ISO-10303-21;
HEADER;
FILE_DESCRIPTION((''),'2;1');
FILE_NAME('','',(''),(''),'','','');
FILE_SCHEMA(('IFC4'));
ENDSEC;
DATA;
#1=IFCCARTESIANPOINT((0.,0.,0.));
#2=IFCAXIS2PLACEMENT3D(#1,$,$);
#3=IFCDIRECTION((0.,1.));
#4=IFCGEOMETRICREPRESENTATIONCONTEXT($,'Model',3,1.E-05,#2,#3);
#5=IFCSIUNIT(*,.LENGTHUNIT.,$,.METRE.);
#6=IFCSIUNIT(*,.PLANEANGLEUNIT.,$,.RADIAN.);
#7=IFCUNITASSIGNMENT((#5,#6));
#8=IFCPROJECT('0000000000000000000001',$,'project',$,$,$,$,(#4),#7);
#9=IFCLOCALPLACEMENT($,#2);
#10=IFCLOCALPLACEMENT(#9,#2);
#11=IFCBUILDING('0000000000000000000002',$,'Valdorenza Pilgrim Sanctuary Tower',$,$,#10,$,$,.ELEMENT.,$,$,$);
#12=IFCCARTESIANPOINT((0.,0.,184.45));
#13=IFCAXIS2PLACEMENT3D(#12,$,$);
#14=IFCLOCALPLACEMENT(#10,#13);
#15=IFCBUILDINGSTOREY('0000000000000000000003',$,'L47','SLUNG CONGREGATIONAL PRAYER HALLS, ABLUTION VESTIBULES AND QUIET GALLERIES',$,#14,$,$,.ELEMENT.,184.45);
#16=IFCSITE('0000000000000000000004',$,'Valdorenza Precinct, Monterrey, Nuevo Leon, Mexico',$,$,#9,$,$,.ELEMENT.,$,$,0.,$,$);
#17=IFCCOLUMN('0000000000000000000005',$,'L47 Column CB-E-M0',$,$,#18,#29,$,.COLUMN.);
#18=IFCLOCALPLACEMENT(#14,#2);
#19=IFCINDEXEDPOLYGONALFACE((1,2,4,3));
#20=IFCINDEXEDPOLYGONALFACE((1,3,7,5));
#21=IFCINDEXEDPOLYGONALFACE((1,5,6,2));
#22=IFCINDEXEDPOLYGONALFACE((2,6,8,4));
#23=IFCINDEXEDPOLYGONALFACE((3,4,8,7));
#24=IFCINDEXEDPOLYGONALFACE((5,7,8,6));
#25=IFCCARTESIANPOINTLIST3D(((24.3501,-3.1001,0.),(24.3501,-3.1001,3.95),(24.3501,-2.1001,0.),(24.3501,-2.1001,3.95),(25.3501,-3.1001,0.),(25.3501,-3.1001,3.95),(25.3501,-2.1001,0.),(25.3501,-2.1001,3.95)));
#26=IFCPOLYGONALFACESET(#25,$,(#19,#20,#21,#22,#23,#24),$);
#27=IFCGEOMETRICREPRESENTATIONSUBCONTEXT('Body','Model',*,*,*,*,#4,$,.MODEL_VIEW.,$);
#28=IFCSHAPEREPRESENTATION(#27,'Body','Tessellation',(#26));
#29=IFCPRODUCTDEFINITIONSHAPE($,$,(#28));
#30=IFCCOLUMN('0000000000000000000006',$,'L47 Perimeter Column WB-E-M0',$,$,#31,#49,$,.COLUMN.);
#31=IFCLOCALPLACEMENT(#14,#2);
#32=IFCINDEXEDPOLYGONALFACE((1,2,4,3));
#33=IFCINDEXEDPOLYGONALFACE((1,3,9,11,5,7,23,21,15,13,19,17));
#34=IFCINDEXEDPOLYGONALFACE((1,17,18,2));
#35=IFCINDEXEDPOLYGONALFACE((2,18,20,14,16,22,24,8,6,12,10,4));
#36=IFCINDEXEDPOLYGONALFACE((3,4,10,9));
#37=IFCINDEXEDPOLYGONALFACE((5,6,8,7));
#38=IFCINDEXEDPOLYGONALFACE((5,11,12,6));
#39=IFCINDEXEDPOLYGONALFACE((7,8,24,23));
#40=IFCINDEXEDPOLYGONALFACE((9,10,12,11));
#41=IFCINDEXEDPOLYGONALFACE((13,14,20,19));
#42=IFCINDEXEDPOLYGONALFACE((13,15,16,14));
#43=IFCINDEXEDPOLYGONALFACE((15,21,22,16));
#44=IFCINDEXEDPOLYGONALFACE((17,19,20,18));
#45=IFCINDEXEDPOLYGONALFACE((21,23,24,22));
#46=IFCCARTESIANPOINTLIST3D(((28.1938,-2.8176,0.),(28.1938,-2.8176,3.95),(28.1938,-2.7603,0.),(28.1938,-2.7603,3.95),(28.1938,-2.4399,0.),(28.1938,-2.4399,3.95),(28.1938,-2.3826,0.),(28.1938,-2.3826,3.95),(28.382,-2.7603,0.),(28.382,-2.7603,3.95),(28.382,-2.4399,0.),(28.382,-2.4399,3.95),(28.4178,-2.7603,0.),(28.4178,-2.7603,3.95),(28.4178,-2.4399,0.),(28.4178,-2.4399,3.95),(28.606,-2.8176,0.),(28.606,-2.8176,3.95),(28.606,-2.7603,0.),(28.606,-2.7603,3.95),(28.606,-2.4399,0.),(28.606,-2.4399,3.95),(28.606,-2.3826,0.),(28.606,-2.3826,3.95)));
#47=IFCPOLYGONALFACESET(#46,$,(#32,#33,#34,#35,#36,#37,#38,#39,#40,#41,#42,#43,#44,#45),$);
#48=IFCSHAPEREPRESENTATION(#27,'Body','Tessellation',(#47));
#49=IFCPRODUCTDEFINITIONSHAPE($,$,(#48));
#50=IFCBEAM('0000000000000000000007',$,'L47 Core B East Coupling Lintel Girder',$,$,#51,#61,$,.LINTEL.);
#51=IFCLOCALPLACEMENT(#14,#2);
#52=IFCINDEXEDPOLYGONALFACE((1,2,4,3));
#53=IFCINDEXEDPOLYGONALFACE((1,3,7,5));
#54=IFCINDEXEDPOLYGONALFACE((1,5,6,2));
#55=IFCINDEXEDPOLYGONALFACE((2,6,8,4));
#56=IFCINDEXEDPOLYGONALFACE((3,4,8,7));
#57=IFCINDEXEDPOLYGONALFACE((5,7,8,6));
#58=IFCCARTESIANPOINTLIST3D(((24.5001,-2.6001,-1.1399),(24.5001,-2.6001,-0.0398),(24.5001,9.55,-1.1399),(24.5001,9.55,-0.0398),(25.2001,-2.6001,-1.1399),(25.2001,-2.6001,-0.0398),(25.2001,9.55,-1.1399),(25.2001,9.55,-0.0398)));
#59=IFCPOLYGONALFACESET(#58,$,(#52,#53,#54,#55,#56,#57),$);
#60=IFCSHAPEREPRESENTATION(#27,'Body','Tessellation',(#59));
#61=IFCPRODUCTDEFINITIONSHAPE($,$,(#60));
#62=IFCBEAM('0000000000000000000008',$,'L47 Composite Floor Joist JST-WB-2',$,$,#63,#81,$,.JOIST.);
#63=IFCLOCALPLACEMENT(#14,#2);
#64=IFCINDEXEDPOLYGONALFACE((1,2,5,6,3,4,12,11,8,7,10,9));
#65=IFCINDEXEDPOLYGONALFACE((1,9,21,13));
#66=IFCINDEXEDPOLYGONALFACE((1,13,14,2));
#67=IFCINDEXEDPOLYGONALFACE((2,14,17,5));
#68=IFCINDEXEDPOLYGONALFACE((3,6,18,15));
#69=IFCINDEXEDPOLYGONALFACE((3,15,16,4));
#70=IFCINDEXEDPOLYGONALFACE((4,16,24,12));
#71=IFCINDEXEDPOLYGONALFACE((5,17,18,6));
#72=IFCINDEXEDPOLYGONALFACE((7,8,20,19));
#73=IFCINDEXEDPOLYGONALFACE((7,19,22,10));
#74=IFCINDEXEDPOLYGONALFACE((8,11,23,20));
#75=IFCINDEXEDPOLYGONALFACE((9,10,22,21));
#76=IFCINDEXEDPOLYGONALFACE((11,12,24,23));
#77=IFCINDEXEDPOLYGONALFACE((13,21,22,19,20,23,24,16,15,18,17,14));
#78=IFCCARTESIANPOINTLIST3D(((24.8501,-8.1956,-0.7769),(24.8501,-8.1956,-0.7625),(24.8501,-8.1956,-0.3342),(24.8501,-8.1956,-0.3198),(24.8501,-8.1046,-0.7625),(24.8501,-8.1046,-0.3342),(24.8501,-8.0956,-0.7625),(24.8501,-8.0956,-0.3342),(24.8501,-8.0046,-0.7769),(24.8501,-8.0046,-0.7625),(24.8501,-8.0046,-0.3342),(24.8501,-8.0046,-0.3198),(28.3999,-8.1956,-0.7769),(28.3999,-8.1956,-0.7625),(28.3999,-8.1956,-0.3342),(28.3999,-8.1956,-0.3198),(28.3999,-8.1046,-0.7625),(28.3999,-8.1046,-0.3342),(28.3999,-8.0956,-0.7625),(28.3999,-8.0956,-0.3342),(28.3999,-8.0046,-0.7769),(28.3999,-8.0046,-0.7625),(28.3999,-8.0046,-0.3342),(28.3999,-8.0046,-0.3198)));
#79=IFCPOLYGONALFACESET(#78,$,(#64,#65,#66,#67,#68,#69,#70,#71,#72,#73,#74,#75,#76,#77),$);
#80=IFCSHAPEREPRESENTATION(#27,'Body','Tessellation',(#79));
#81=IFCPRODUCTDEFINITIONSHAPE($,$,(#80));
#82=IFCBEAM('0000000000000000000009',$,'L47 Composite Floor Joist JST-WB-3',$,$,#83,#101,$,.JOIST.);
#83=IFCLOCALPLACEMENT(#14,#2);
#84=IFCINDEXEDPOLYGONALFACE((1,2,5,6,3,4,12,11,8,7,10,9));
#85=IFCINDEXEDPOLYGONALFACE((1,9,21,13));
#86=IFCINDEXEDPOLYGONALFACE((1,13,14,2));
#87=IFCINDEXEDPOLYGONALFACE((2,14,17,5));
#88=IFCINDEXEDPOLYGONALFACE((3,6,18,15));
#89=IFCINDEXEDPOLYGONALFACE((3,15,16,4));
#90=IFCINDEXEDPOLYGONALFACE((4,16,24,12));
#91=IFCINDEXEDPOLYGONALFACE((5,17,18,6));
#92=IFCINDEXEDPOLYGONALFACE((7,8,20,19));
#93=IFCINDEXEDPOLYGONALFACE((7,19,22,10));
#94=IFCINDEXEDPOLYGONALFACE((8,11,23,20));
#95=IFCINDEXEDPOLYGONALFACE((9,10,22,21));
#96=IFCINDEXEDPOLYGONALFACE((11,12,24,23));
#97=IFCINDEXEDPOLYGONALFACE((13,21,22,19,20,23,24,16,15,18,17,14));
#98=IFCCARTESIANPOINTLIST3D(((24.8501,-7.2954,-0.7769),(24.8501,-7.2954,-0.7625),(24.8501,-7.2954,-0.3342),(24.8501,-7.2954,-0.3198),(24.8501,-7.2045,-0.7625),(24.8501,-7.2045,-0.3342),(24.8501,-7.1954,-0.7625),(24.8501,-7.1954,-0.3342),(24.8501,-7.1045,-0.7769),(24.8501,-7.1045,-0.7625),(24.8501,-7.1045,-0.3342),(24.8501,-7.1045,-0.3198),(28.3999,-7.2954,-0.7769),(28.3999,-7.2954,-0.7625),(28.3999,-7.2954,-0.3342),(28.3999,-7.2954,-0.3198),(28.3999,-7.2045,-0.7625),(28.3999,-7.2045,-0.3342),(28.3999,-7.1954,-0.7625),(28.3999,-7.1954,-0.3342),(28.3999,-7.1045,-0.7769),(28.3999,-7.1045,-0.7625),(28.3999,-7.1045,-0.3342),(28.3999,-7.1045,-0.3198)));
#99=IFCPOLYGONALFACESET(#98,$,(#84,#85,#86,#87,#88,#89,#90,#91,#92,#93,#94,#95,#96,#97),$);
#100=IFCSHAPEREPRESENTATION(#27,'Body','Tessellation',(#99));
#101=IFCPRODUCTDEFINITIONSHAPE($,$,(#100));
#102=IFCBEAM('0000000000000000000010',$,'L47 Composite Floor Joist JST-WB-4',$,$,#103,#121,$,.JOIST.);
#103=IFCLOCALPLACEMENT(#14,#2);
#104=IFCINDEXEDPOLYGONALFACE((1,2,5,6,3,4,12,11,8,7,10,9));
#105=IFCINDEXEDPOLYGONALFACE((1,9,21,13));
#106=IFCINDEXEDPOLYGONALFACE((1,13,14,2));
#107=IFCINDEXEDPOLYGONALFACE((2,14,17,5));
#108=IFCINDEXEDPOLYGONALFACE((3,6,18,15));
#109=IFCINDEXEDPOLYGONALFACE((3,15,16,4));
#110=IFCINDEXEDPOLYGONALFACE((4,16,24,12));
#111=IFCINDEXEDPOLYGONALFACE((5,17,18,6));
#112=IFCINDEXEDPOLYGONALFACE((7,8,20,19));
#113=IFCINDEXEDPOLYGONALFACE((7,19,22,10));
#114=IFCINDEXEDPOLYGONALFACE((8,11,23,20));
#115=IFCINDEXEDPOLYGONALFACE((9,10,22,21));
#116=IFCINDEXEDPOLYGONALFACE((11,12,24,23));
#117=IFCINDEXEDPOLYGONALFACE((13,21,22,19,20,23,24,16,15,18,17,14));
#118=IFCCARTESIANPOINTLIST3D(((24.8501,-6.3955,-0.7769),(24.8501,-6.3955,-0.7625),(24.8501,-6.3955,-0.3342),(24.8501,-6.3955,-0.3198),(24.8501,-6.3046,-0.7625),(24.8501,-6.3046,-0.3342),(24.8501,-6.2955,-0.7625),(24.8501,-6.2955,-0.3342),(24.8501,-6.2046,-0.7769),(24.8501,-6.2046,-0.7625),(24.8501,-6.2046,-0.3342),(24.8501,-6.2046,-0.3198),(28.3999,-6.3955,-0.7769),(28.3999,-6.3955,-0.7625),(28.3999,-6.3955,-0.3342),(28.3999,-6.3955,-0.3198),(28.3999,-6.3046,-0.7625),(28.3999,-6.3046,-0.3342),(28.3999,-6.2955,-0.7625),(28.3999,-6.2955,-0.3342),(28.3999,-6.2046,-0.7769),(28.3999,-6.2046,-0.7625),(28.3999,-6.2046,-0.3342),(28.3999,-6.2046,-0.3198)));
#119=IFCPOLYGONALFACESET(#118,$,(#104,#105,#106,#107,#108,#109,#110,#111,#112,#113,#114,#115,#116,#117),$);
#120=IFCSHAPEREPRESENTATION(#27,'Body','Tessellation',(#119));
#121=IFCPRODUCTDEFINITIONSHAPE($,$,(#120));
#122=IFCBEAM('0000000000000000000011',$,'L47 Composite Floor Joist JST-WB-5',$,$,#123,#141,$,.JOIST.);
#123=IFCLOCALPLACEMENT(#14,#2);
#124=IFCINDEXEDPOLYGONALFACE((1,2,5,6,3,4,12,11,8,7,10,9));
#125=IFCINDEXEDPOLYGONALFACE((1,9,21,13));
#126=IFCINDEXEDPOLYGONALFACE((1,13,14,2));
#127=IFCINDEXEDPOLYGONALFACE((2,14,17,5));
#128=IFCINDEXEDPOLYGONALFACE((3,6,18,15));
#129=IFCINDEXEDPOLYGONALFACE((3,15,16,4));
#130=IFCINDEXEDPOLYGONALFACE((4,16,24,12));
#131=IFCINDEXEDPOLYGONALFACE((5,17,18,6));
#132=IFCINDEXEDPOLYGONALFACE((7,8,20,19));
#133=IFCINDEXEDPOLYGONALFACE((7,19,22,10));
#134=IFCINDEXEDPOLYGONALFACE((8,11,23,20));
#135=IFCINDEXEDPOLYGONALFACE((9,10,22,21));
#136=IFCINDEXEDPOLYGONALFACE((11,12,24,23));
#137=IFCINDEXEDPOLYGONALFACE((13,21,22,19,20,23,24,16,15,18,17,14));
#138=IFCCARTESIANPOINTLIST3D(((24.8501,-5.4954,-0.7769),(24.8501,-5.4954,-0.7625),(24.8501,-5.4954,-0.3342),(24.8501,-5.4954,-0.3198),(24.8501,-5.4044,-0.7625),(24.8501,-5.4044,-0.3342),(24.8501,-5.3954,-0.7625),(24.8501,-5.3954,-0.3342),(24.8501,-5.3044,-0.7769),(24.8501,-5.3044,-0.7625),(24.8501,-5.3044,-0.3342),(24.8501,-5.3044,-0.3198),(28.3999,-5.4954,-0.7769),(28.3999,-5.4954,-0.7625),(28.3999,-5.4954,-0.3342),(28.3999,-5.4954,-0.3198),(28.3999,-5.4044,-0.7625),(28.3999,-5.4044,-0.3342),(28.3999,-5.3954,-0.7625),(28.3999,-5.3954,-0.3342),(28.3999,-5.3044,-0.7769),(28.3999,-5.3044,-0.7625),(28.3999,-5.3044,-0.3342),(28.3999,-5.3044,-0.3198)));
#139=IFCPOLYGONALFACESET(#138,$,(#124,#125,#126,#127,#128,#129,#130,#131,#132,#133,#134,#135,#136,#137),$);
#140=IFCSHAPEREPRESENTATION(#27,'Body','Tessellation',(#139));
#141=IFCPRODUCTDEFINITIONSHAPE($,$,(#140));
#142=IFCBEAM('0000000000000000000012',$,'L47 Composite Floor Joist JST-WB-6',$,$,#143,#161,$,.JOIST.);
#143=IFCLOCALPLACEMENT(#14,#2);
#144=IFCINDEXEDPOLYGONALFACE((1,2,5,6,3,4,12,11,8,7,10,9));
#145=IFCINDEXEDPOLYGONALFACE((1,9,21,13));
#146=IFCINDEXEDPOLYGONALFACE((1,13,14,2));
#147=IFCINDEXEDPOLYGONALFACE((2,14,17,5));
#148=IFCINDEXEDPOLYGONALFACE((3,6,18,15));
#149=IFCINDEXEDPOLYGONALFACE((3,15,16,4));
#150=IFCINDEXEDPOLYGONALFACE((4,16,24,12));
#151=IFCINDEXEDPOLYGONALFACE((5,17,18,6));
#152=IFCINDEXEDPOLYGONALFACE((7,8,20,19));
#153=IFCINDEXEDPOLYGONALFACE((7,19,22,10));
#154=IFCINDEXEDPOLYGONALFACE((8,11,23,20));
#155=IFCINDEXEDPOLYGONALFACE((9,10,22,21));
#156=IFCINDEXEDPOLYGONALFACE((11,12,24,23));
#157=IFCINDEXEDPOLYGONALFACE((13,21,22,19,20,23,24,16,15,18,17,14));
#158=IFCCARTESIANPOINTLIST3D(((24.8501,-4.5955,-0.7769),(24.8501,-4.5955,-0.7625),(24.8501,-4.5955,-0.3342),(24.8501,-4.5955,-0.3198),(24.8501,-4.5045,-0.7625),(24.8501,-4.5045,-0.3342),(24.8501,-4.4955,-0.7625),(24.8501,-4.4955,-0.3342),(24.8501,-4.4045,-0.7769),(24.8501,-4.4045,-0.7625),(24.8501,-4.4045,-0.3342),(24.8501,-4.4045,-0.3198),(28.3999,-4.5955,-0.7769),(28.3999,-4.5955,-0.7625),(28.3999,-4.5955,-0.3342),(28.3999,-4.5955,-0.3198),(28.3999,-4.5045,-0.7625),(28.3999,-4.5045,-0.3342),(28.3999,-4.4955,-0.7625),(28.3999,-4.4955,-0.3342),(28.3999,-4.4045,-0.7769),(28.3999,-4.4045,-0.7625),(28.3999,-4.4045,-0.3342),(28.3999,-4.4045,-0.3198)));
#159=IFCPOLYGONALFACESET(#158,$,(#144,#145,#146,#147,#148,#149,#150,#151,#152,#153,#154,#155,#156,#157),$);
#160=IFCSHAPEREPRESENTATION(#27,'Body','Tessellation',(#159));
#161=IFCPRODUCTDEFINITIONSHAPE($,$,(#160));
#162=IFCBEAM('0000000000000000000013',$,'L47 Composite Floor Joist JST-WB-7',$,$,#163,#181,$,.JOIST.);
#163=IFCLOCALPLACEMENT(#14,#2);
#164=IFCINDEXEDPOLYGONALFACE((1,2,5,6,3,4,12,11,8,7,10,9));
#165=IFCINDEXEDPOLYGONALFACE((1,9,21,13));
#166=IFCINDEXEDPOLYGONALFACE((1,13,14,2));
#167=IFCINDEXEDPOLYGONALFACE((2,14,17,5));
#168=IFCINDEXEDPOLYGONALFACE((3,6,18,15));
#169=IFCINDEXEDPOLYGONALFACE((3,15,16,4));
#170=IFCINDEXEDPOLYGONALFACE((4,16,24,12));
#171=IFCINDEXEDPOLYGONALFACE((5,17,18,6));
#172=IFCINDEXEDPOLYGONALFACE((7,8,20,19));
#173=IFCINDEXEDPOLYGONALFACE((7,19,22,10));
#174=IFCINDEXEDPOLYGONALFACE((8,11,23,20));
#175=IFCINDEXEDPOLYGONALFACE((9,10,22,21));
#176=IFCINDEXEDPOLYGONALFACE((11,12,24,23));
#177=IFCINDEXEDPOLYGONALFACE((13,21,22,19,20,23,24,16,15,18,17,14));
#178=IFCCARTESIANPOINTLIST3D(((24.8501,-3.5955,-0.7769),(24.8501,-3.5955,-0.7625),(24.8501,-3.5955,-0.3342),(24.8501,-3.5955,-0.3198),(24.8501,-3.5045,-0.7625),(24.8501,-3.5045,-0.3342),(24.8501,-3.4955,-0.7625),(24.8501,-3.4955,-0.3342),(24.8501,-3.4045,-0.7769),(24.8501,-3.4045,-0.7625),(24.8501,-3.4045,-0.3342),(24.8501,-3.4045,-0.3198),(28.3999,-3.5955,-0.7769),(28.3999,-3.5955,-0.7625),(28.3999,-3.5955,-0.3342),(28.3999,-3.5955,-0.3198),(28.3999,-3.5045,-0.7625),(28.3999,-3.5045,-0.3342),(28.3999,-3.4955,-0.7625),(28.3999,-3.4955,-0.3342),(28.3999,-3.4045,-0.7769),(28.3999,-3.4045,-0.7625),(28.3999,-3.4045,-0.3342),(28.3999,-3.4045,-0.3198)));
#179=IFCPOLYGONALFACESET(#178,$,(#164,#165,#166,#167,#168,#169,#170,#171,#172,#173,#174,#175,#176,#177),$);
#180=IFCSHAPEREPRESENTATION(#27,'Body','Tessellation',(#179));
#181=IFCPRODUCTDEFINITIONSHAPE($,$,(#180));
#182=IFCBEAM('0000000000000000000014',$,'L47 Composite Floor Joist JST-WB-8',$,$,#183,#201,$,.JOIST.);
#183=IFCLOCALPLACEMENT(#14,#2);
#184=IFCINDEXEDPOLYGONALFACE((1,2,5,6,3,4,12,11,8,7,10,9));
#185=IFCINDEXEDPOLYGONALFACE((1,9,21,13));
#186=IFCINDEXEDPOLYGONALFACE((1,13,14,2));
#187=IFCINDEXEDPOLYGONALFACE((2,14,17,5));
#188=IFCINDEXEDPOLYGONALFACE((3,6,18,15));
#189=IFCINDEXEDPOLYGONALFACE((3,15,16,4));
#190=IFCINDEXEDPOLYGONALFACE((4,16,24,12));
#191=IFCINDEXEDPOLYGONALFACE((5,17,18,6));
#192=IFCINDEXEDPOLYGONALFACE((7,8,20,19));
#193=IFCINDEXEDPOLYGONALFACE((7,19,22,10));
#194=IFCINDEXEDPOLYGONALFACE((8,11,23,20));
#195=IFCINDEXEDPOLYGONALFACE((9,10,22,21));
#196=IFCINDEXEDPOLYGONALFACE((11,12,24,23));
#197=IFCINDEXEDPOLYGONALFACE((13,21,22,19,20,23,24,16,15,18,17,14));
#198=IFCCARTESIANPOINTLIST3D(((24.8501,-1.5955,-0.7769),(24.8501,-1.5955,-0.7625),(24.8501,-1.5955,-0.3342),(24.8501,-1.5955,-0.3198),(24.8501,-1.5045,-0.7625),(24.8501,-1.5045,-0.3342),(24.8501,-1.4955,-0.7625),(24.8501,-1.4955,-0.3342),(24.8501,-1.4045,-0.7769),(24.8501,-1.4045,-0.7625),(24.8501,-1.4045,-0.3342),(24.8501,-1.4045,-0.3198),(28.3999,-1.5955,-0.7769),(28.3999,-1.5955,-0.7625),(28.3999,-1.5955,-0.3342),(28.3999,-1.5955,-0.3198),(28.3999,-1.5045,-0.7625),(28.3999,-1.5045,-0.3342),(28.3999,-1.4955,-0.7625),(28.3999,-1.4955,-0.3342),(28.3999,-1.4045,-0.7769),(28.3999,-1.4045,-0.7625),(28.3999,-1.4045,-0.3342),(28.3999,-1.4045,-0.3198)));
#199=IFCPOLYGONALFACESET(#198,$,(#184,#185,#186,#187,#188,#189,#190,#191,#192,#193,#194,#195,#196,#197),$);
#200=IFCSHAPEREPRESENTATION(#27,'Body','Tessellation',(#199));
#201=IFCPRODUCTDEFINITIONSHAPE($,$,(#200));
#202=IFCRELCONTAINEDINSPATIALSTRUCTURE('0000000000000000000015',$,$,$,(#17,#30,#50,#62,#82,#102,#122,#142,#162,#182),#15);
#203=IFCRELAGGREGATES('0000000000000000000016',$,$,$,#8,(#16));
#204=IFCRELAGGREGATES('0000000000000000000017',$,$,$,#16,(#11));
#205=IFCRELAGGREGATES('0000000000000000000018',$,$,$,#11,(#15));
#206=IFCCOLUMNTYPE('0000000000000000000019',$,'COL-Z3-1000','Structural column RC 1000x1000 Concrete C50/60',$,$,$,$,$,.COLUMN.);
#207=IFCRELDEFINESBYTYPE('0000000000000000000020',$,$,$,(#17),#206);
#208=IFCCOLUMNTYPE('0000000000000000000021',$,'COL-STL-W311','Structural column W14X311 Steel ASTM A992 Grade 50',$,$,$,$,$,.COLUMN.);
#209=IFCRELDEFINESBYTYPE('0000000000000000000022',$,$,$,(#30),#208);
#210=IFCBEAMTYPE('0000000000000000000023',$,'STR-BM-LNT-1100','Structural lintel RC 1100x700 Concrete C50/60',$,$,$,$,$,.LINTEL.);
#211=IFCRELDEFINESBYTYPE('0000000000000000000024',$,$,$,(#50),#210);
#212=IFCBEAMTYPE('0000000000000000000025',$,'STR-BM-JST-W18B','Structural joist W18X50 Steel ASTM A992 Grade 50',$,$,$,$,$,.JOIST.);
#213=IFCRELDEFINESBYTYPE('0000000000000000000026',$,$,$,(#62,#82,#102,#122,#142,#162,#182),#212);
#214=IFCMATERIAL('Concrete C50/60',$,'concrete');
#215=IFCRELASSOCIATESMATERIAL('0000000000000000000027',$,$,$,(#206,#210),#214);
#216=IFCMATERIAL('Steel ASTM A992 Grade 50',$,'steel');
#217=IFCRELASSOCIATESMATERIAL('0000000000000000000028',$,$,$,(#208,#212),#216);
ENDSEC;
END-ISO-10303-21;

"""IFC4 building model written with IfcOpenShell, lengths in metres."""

from ifc_helpers import new_model, si_unit, direction, frame, origin, origin_2d, place, context, subcontext, project, spatial, rectangle, i_section, extrude, source, transform, mapped, material, material_profile, profile_set, type_object, element, save


model = new_model("IFC4")

# Units and contexts
model_context = context("Model", 3, precision=1e-05, world=origin(), true_north=direction((0.0, 1.0)))
body_context = subcontext(model_context, "Body", "Model", "MODEL_VIEW")
ifc_project = project(units=[si_unit("LENGTHUNIT", "METRE"), si_unit("PLANEANGLEUNIT", "RADIAN")], contexts=[model_context])

# Site, building, storey
site_placement = place(None, origin())
site = spatial("IfcSite", under=ifc_project, at=site_placement, Name="Valdorenza Precinct, Monterrey, Nuevo Leon, Mexico", CompositionType="ELEMENT", RefElevation=0.0)
building_placement = place(site_placement, origin())
building = spatial("IfcBuilding", under=site, at=building_placement, Name="Valdorenza Pilgrim Sanctuary Tower", CompositionType="ELEMENT")
storey_placement = place(building_placement, frame((0.0, 0.0, 184.45)))
storey = spatial("IfcBuildingStorey", under=building, at=storey_placement, Name="L47", Description="SLUNG CONGREGATIONAL PRAYER HALLS, ABLUTION VESTIBULES AND QUIET GALLERIES", CompositionType="ELEMENT", Elevation=184.45)

# Columns
ifc_material_1 = material(Name="Concrete C50/60", Category="concrete")
ifc_material_profile_1 = material_profile(ifc_material_1, rectangle(XDim=1.0, YDim=1.0, at=origin_2d()), Name="RC 1000x1000")
ifc_profile_set_1 = profile_set([ifc_material_profile_1], Name="Concrete C50/60")
column_type_1 = type_object("IfcColumnType", Name="COL-Z3-1000", Description="Structural column RC 1000x1000 Concrete C50/60", PredefinedType="COLUMN", material=ifc_profile_set_1)
shared_shape_1 = source(origin(), body_context, "Body", "SweptSolid", [
    extrude(rectangle(XDim=1.0, YDim=1.0, at=origin_2d()), origin(), (0.0, 0.0, 1.0), 3.95),
])
column_1_placement = place(storey_placement, frame((24.8501, -2.6001, 0.0), z_axis=(0.0, 0.0, 1.0), x_axis=(1.0, 0.0, 0.0)))
element("IfcColumn", 1, at=column_1_placement, inside=storey, type_object=column_type_1, Name="L47 Column CB-E-M0", PredefinedType="COLUMN", context=body_context, shape_type="MappedRepresentation", body=[
    mapped(shared_shape_1, transform((0.0, 0.0, 0.0), x_axis=(1.0, 0.0, 0.0), y_axis=(0.0, 1.0, 0.0), z_axis=(0.0, 0.0, 1.0), scale=1.0)),
])
ifc_material_2 = material(Name="Steel ASTM A992 Grade 50", Category="steel")
ifc_material_profile_2 = material_profile(ifc_material_2, i_section(OverallWidth=0.4121, OverallDepth=0.4351, WebThickness=0.0359, FlangeThickness=0.0574, at=origin_2d()), Name="W14X311")
ifc_profile_set_2 = profile_set([ifc_material_profile_2], Name="Steel ASTM A992 Grade 50")
column_type_2 = type_object("IfcColumnType", Name="COL-STL-W311", Description="Structural column W14X311 Steel ASTM A992 Grade 50", PredefinedType="COLUMN", material=ifc_profile_set_2)
shared_shape_2 = source(origin(), body_context, "Body", "SweptSolid", [
    extrude(i_section(OverallWidth=0.4121, OverallDepth=0.4351, WebThickness=0.0359, FlangeThickness=0.0574, at=origin_2d()), origin(), (0.0, 0.0, 1.0), 3.95),
])
column_2_placement = place(storey_placement, frame((28.3999, -2.6001, 0.0), z_axis=(0.0, 0.0, 1.0), x_axis=(1.0, 0.0, 0.0)))
element("IfcColumn", 2, at=column_2_placement, inside=storey, type_object=column_type_2, Name="L47 Perimeter Column WB-E-M0", PredefinedType="COLUMN", context=body_context, shape_type="MappedRepresentation", body=[
    mapped(shared_shape_2, transform((0.0, 0.0, 0.0), x_axis=(1.0, 0.0, 0.0), y_axis=(0.0, 1.0, 0.0), z_axis=(0.0, 0.0, 1.0), scale=1.0)),
])

# Beams
ifc_material_profile_3 = material_profile(ifc_material_1, rectangle(XDim=0.7, YDim=1.1001, at=origin_2d()), Name="RC 1100x700")
ifc_profile_set_3 = profile_set([ifc_material_profile_3], Name="Concrete C50/60")
beam_type_1 = type_object("IfcBeamType", Name="STR-BM-LNT-1100", Description="Structural lintel RC 1100x700 Concrete C50/60", PredefinedType="LINTEL", material=ifc_profile_set_3)
shared_shape_3 = source(origin(), body_context, "Body", "SweptSolid", [
    extrude(rectangle(XDim=0.7, YDim=1.1001, at=origin_2d()), origin(), (0.0, 0.0, 1.0), 12.1501),
])
beam_1_placement = place(storey_placement, frame((24.8501, -2.6001, -0.5898), z_axis=(0.0, 1.0, 0.0), x_axis=(-1.0, 0.0, 0.0)))
element("IfcBeam", 3, at=beam_1_placement, inside=storey, type_object=beam_type_1, Name="L47 Core B East Coupling Lintel Girder", PredefinedType="LINTEL", context=body_context, shape_type="MappedRepresentation", body=[
    mapped(shared_shape_3, transform((0.0, 0.0, 0.0), x_axis=(1.0, 0.0, 0.0), y_axis=(0.0, 1.0, 0.0), z_axis=(0.0, 0.0, 1.0), scale=1.0)),
])
ifc_material_profile_4 = material_profile(ifc_material_2, i_section(OverallWidth=0.1909, OverallDepth=0.457, WebThickness=0.009, FlangeThickness=0.0144, at=origin_2d()), Name="W18X50")
ifc_profile_set_4 = profile_set([ifc_material_profile_4], Name="Steel ASTM A992 Grade 50")
beam_type_2 = type_object("IfcBeamType", Name="STR-BM-JST-W18B", Description="Structural joist W18X50 Steel ASTM A992 Grade 50", PredefinedType="JOIST", material=ifc_profile_set_4)
shared_shape_4 = source(origin(), body_context, "Body", "SweptSolid", [
    extrude(i_section(OverallWidth=0.1909, OverallDepth=0.457, WebThickness=0.009, FlangeThickness=0.0144, at=origin_2d()), origin(), (0.0, 0.0, 1.0), 3.5498),
])
for number, where, z_axis, x_axis, name in (
    (4, (24.8501, -8.1001, -0.5483), (1.0, 0.0, 0.0), (0.0, 1.0, 0.0), "L47 Composite Floor Joist JST-WB-2"),
    (5, (24.8501, -7.2, -0.5483), (1.0, 0.0, 0.0), (0.0, 1.0, 0.0), "L47 Composite Floor Joist JST-WB-3"),
    (6, (24.8501, -6.3, -0.5483), (1.0, 0.0, 0.0), (0.0, 1.0, 0.0), "L47 Composite Floor Joist JST-WB-4"),
    (7, (24.8501, -5.3999, -0.5483), (1.0, 0.0, 0.0), (0.0, 1.0, 0.0), "L47 Composite Floor Joist JST-WB-5"),
    (8, (24.8501, -4.5, -0.5483), (1.0, 0.0, 0.0), (0.0, 1.0, 0.0), "L47 Composite Floor Joist JST-WB-6"),
    (9, (24.8501, -3.5, -0.5483), (1.0, 0.0, 0.0), (0.0, 1.0, 0.0), "L47 Composite Floor Joist JST-WB-7"),
    (10, (24.8501, -1.5, -0.5483), (1.0, 0.0, 0.0), (0.0, 1.0, 0.0), "L47 Composite Floor Joist JST-WB-8"),
):
    element("IfcBeam", number, at=place(storey_placement, frame(where, z_axis=z_axis, x_axis=x_axis)), inside=storey, type_object=beam_type_2, Name=name, PredefinedType="JOIST", context=body_context, shape_type="MappedRepresentation", body=[
        mapped(shared_shape_4, transform((0.0, 0.0, 0.0), x_axis=(1.0, 0.0, 0.0), y_axis=(0.0, 1.0, 0.0), z_axis=(0.0, 0.0, 1.0), scale=1.0)),
    ])

save(model, "model.ifc")
